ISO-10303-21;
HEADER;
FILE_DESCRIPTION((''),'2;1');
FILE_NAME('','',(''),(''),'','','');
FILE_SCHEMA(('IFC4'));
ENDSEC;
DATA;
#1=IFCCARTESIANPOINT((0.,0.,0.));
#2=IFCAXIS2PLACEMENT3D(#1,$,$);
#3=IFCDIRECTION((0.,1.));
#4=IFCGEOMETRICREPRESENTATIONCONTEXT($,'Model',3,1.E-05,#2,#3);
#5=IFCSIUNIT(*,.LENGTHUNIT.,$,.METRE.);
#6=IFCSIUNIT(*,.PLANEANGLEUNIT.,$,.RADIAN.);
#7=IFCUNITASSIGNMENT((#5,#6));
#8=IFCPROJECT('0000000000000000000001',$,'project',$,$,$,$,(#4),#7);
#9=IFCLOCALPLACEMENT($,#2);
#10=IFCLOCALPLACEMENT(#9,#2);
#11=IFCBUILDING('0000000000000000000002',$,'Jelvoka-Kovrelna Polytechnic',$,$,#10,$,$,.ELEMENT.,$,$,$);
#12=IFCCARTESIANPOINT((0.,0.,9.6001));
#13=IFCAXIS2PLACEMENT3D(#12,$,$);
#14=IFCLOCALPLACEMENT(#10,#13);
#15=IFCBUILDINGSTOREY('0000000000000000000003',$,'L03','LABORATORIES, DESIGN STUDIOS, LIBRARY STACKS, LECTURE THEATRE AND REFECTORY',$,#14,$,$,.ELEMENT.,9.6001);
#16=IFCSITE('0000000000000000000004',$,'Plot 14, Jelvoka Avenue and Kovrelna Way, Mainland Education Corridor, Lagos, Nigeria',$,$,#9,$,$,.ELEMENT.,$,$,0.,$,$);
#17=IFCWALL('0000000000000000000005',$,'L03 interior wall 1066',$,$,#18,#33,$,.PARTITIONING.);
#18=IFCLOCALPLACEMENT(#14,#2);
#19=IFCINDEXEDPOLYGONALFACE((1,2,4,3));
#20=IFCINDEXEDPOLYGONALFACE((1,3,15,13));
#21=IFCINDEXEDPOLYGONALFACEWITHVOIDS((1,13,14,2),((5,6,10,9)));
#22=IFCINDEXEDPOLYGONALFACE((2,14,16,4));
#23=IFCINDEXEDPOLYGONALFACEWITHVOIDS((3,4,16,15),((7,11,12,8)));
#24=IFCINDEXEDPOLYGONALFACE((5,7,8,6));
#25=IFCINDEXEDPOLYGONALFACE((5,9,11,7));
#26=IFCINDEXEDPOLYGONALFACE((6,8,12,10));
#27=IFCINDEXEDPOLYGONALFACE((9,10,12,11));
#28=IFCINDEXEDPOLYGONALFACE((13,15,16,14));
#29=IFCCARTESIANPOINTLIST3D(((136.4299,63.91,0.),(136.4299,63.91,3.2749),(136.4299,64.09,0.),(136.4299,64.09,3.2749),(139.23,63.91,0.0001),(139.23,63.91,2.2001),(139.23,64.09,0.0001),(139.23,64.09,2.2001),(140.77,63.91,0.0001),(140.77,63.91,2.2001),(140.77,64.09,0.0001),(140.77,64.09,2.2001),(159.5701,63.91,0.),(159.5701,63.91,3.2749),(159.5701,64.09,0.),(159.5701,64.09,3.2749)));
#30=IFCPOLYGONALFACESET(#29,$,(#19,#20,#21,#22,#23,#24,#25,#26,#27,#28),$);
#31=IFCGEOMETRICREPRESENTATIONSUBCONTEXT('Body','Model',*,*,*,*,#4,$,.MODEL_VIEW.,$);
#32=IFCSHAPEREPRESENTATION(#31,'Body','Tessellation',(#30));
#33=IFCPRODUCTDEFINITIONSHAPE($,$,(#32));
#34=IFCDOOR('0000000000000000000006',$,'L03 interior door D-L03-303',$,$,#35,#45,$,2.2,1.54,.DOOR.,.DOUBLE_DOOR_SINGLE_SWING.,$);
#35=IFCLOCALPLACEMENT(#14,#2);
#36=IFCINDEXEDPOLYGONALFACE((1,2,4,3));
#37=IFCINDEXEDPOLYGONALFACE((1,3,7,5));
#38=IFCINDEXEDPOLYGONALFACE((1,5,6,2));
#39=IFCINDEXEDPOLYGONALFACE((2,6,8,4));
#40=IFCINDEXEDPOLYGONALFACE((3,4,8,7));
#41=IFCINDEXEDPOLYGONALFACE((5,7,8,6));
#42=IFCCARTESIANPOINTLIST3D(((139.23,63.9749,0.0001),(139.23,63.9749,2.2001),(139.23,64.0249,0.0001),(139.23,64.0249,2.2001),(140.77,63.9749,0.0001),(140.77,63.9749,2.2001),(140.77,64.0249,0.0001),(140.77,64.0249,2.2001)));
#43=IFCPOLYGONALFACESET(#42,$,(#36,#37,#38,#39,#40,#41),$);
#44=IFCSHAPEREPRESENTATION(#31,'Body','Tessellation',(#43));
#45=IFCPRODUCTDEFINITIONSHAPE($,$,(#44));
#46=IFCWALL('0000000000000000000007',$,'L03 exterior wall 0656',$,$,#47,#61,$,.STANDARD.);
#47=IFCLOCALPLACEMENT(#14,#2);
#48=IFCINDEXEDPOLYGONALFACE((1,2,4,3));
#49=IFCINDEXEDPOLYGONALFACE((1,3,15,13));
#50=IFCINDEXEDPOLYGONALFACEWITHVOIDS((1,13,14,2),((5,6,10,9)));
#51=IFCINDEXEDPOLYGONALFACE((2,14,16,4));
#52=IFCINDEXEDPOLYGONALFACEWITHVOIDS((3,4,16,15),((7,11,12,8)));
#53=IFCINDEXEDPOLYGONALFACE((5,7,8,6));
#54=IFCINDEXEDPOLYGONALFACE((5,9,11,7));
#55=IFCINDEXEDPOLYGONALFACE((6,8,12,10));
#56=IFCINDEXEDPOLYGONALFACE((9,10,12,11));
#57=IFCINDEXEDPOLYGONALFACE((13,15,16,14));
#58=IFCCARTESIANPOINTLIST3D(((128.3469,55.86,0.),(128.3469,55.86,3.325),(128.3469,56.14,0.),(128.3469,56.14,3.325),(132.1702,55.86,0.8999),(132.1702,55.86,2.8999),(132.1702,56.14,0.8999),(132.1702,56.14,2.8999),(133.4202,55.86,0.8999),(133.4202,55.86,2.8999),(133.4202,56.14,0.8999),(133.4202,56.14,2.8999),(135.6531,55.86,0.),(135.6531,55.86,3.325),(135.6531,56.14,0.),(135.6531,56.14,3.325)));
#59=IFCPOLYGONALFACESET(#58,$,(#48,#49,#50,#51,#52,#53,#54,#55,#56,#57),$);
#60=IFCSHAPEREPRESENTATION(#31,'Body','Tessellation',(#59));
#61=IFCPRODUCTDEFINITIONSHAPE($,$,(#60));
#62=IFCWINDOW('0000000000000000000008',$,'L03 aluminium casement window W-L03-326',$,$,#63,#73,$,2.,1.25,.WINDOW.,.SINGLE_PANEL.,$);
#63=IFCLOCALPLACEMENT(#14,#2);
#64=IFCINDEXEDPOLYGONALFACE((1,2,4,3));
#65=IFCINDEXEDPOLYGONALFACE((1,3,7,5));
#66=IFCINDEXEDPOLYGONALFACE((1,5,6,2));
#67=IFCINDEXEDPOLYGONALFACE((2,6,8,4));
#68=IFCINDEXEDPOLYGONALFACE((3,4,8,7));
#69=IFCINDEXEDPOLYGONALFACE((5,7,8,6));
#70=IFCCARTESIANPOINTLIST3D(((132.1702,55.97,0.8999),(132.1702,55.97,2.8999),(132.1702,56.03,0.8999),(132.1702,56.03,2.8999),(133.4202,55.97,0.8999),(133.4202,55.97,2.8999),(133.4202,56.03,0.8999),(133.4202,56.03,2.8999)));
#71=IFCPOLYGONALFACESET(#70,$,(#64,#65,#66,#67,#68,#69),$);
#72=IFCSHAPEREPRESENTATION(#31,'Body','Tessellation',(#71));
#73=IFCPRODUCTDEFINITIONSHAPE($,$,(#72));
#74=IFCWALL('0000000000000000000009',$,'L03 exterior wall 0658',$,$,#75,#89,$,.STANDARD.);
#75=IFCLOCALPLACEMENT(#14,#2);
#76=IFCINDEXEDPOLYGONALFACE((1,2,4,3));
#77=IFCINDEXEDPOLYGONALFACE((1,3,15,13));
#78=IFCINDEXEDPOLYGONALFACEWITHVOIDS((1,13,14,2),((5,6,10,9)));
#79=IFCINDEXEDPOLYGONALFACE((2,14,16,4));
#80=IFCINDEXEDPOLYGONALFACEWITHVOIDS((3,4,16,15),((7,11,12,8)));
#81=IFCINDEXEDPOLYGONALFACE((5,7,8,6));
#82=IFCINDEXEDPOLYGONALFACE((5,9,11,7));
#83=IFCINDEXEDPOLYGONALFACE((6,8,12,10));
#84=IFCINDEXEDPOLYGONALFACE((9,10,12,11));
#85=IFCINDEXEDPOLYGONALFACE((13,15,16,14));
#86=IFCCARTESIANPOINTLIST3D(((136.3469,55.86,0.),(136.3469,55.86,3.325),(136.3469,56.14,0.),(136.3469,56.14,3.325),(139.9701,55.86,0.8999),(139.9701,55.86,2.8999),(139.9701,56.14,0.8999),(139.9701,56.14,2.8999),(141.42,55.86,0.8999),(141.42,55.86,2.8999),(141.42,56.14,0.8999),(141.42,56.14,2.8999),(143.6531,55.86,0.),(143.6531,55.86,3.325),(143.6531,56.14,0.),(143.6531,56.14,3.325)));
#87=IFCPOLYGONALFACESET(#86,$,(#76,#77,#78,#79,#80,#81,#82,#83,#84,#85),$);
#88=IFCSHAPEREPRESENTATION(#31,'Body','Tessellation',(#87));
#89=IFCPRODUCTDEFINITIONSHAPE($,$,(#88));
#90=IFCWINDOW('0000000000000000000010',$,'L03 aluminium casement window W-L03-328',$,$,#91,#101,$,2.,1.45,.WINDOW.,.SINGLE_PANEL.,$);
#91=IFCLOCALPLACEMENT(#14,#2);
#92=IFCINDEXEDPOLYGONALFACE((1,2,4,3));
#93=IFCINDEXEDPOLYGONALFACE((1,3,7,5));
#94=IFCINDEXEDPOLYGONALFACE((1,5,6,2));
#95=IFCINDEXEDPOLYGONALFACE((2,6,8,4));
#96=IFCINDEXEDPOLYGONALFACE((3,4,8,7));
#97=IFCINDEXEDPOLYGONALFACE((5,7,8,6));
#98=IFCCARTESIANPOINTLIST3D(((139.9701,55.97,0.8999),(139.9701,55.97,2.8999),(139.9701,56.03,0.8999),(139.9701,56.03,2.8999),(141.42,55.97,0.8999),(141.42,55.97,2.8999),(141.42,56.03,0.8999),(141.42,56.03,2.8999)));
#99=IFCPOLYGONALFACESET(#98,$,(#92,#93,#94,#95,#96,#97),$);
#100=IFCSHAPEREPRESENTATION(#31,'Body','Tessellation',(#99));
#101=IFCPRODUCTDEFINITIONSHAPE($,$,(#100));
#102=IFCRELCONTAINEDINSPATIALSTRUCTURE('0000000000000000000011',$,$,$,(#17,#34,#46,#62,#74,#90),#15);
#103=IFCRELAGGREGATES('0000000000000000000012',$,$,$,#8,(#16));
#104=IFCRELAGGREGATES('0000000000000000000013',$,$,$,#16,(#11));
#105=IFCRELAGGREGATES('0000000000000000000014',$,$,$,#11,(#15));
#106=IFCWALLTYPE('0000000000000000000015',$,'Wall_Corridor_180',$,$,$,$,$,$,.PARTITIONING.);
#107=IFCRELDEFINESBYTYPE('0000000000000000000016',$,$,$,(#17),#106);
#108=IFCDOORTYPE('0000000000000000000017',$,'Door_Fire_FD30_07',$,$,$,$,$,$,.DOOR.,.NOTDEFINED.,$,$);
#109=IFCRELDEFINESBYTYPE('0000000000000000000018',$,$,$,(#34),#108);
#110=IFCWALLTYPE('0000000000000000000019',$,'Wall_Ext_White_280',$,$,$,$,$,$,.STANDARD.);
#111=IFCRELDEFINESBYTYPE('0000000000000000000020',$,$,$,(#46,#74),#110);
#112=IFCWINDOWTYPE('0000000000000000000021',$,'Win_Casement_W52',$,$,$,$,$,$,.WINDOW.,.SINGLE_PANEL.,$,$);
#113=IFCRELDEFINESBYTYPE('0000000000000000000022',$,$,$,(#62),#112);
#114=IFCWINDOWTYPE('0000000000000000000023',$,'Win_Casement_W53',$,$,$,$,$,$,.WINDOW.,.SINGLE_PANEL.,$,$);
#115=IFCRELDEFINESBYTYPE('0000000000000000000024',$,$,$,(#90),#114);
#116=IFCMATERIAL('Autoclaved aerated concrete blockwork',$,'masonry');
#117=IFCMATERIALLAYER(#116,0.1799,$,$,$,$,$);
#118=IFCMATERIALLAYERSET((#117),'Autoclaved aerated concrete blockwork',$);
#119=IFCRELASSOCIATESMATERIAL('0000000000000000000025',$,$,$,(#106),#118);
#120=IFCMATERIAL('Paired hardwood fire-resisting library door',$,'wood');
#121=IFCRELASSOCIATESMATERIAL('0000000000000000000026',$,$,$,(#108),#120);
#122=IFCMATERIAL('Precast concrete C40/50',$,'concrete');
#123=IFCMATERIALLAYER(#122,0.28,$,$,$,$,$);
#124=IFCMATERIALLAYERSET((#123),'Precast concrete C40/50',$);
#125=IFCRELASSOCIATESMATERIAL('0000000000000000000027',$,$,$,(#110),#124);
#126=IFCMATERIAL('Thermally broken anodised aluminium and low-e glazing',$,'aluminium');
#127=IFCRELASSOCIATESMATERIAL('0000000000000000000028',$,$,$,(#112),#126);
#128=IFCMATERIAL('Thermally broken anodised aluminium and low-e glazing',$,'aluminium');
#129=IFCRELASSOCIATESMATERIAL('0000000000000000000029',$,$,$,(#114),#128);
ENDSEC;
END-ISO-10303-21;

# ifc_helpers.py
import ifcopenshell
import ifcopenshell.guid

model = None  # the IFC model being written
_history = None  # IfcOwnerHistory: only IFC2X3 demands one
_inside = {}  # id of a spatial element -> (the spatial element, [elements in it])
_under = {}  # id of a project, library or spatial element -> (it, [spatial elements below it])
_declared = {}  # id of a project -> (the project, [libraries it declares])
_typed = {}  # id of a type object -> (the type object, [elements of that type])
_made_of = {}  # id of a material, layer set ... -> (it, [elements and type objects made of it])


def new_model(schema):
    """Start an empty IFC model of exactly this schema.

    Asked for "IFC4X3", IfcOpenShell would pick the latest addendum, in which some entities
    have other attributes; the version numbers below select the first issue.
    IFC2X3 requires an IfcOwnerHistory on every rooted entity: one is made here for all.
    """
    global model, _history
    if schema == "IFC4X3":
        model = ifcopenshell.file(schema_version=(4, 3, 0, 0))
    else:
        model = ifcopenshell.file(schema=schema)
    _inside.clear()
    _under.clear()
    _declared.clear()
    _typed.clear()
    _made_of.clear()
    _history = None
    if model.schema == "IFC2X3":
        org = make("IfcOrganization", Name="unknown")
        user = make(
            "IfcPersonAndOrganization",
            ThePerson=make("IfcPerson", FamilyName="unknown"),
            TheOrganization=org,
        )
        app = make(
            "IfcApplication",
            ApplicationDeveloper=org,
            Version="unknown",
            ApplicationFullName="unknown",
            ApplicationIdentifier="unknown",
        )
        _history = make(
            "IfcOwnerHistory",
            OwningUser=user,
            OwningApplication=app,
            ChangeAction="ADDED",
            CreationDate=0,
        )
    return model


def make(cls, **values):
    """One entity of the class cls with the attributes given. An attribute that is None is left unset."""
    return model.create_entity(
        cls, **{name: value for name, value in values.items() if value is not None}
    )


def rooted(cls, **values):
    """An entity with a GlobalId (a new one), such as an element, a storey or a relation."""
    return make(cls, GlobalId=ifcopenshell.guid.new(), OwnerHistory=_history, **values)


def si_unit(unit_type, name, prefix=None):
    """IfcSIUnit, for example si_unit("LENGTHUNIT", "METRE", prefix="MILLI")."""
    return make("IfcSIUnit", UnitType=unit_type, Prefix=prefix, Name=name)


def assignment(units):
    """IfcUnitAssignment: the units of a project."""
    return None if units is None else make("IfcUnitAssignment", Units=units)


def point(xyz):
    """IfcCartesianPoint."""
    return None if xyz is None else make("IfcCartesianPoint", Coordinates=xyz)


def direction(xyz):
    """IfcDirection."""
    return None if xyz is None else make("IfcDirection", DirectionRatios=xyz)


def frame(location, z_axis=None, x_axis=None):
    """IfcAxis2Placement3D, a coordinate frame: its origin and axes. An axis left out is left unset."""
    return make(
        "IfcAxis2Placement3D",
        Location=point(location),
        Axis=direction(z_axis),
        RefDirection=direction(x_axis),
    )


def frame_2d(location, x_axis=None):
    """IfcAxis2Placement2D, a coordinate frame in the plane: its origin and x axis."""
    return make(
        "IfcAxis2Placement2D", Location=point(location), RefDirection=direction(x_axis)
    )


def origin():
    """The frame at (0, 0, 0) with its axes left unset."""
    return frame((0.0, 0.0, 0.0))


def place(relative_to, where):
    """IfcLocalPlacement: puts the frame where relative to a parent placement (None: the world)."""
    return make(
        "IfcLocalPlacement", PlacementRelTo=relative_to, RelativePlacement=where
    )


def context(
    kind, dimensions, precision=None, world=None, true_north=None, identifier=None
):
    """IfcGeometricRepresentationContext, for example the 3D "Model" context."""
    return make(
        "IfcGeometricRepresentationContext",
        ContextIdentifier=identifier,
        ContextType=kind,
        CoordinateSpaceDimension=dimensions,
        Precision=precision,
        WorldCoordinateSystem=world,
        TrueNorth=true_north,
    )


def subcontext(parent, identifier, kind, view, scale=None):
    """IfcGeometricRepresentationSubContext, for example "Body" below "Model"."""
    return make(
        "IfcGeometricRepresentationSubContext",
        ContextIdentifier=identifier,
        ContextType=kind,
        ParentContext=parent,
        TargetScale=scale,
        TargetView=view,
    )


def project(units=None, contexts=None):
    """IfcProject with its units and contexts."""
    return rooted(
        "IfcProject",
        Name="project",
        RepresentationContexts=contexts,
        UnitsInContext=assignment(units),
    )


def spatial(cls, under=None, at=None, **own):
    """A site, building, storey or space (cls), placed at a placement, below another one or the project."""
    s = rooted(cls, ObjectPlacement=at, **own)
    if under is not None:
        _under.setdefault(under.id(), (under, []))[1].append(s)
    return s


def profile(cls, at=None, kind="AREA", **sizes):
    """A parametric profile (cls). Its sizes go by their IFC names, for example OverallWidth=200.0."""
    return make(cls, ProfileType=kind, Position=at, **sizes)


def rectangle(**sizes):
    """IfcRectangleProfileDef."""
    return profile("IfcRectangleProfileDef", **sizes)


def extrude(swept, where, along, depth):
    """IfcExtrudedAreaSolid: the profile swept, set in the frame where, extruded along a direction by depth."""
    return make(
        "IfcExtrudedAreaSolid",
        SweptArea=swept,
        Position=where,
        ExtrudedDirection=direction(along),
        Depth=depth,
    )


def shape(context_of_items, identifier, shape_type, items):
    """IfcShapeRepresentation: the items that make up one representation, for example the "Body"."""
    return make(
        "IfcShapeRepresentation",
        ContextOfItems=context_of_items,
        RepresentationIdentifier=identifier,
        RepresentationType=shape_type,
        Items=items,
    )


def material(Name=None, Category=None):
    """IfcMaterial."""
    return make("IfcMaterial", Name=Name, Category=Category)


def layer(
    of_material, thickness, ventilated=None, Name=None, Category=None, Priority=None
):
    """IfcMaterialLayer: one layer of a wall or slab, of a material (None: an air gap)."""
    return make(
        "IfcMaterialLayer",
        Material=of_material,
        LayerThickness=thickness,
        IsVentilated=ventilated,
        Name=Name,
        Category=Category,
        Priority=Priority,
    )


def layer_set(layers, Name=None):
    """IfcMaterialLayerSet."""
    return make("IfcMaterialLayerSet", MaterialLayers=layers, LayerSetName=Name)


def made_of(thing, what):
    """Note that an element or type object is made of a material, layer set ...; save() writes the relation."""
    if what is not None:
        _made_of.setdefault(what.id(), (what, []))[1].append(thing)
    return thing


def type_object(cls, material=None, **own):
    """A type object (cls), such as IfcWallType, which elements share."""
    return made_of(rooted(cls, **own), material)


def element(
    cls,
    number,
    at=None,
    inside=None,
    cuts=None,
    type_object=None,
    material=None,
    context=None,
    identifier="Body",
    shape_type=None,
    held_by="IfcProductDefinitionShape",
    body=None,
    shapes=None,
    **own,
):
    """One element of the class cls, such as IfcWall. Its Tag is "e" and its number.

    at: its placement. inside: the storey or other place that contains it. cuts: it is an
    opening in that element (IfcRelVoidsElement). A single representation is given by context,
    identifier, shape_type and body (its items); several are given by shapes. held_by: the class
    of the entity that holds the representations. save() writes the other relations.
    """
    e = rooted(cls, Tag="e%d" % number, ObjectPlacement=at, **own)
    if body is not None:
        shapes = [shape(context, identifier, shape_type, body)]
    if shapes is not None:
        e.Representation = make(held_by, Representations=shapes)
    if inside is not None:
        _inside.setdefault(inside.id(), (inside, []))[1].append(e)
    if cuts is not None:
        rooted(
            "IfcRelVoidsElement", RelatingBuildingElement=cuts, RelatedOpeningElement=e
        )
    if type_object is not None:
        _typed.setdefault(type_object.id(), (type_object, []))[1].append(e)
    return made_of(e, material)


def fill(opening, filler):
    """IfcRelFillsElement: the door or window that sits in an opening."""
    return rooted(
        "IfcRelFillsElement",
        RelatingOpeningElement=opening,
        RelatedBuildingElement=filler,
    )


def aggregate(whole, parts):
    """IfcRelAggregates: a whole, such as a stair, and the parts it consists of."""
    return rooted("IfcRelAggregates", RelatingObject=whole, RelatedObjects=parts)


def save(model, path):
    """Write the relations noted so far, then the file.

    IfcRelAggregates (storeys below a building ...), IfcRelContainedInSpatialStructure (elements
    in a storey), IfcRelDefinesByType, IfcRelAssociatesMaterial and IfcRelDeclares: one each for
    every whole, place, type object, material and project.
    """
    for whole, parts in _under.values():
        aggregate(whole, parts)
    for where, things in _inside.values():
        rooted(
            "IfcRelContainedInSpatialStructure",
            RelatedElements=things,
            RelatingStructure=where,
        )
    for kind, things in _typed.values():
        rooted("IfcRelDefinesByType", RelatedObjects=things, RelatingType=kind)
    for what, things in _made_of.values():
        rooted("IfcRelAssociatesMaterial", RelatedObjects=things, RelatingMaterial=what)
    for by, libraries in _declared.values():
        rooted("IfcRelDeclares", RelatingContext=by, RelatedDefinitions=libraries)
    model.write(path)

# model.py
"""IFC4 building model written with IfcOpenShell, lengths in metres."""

from ifc_helpers import new_model, si_unit, direction, frame, frame_2d, origin, place, context, subcontext, project, spatial, rectangle, extrude, material, layer, layer_set, type_object, element, fill, save


model = new_model("IFC4")

# Units and contexts
model_context = context("Model", 3, precision=1e-05, world=origin(), true_north=direction((0.0, 1.0)))
body_context = subcontext(model_context, "Body", "Model", "MODEL_VIEW")
ifc_project = project(units=[si_unit("LENGTHUNIT", "METRE"), si_unit("PLANEANGLEUNIT", "RADIAN")], contexts=[model_context])

# Site, building, storey
site_placement = place(None, origin())
site = spatial("IfcSite", under=ifc_project, at=site_placement, Name="Plot 14, Jelvoka Avenue and Kovrelna Way, Mainland Education Corridor, Lagos, Nigeria", CompositionType="ELEMENT", RefElevation=0.0)
building_placement = place(site_placement, origin())
building = spatial("IfcBuilding", under=site, at=building_placement, Name="Jelvoka-Kovrelna Polytechnic", CompositionType="ELEMENT")
storey_placement = place(building_placement, frame((0.0, 0.0, 9.6001)))
storey = spatial("IfcBuildingStorey", under=building, at=storey_placement, Name="L03", Description="LABORATORIES, DESIGN STUDIOS, LIBRARY STACKS, LECTURE THEATRE AND REFECTORY", CompositionType="ELEMENT", Elevation=9.6001)

# Wall, opening, door
ifc_material_1 = material(Name="Autoclaved aerated concrete blockwork", Category="masonry")
ifc_layer_1 = layer(ifc_material_1, 0.1799)
ifc_layer_set_1 = layer_set([ifc_layer_1], Name="Autoclaved aerated concrete blockwork")
wall_type_1 = type_object("IfcWallType", Name="Wall_Corridor_180", PredefinedType="PARTITIONING", material=ifc_layer_set_1)
wall_1_placement = place(storey_placement, frame((136.4299, 64.0, 0.0), z_axis=(0.0, 0.0, 1.0), x_axis=(1.0, 0.0, 0.0)))
wall_1 = element("IfcWall", 1, at=wall_1_placement, inside=storey, type_object=wall_type_1, Name="L03 interior wall 1066", PredefinedType="PARTITIONING", context=body_context, shape_type="SweptSolid", body=[
    extrude(rectangle(XDim=23.1401, YDim=0.1799, at=frame_2d((11.5701, 0.0))), origin(), (0.0, 0.0, 1.0), 3.2749),
])
opening_1_placement = place(wall_1_placement, frame((2.8, 0.0, 0.0)))
opening_1 = element("IfcOpeningElement", 2, at=opening_1_placement, cuts=wall_1, PredefinedType="OPENING", context=body_context, shape_type="SweptSolid", body=[
    extrude(rectangle(XDim=1.54, YDim=2.2, at=frame_2d((0.77, 1.1001))), frame((0.0, 0.0999, 0.0), z_axis=(0.0, -1.0, 0.0), x_axis=(1.0, 0.0, 0.0)), (0.0, 0.0, 1.0), 0.2),
])
ifc_material_2 = material(Name="Paired hardwood fire-resisting library door", Category="wood")
door_type_1 = type_object("IfcDoorType", Name="Door_Fire_FD30_07", OperationType="NOTDEFINED", PredefinedType="DOOR", material=ifc_material_2)
door_1_placement = place(opening_1_placement, origin())
door_1 = element("IfcDoor", 3, at=door_1_placement, inside=storey, type_object=door_type_1, Name="L03 interior door D-L03-303", OperationType="DOUBLE_DOOR_SINGLE_SWING", OverallHeight=2.2, OverallWidth=1.54, PredefinedType="DOOR", context=body_context, shape_type="SweptSolid", body=[
    extrude(rectangle(XDim=1.54, YDim=2.2, at=frame_2d((0.77, 1.1001))), frame((0.0, 0.0249, 0.0), z_axis=(0.0, -1.0, 0.0), x_axis=(1.0, 0.0, 0.0)), (0.0, 0.0, 1.0), 0.05),
])
fill(opening_1, door_1)

# Walls, openings, windows
ifc_material_3 = material(Name="Precast concrete C40/50", Category="concrete")
ifc_layer_2 = layer(ifc_material_3, 0.28)
ifc_layer_set_2 = layer_set([ifc_layer_2], Name="Precast concrete C40/50")
wall_type_2 = type_object("IfcWallType", Name="Wall_Ext_White_280", PredefinedType="STANDARD", material=ifc_layer_set_2)
wall_2_placement = place(storey_placement, frame((135.6531, 56.0, 0.0), z_axis=(0.0, 0.0, 1.0), x_axis=(-1.0, 0.0, 0.0)))
wall_2 = element("IfcWall", 4, at=wall_2_placement, inside=storey, type_object=wall_type_2, Name="L03 exterior wall 0656", PredefinedType="STANDARD", context=body_context, shape_type="SweptSolid", body=[
    extrude(rectangle(XDim=7.3062, YDim=0.28, at=frame_2d((3.6531, 0.0))), origin(), (0.0, 0.0, 1.0), 3.325),
])
opening_2_placement = place(wall_2_placement, frame((2.2329, 0.0, 0.8999)))
opening_2 = element("IfcOpeningElement", 5, at=opening_2_placement, cuts=wall_2, PredefinedType="OPENING", context=body_context, shape_type="SweptSolid", body=[
    extrude(rectangle(XDim=1.25, YDim=2.0, at=frame_2d((0.625, 1.0))), frame((0.0, 0.1501, 0.0), z_axis=(0.0, -1.0, 0.0), x_axis=(1.0, 0.0, 0.0)), (0.0, 0.0, 1.0), 0.3),
])
ifc_material_4 = material(Name="Thermally broken anodised aluminium and low-e glazing", Category="aluminium")
window_type_1 = type_object("IfcWindowType", Name="Win_Casement_W52", PartitioningType="SINGLE_PANEL", PredefinedType="WINDOW", material=ifc_material_4)
window_1_placement = place(opening_2_placement, origin())
window_1 = element("IfcWindow", 6, at=window_1_placement, inside=storey, type_object=window_type_1, Name="L03 aluminium casement window W-L03-326", OverallHeight=2.0, OverallWidth=1.25, PartitioningType="SINGLE_PANEL", PredefinedType="WINDOW", context=body_context, shape_type="SweptSolid", body=[
    extrude(rectangle(XDim=1.25, YDim=2.0, at=frame_2d((0.625, 1.0))), frame((0.0, 0.03, 0.0), z_axis=(0.0, -1.0, 0.0), x_axis=(1.0, 0.0, 0.0)), (0.0, 0.0, 1.0), 0.0601),
])
fill(opening_2, window_1)
wall_3_placement = place(storey_placement, frame((143.6531, 56.0, 0.0), z_axis=(0.0, 0.0, 1.0), x_axis=(-1.0, 0.0, 0.0)))
wall_3 = element("IfcWall", 7, at=wall_3_placement, inside=storey, type_object=wall_type_2, Name="L03 exterior wall 0658", PredefinedType="STANDARD", context=body_context, shape_type="SweptSolid", body=[
    extrude(rectangle(XDim=7.3062, YDim=0.28, at=frame_2d((3.6531, 0.0))), origin(), (0.0, 0.0, 1.0), 3.325),
])
opening_3_placement = place(wall_3_placement, frame((2.2329, 0.0, 0.8999)))
opening_3 = element("IfcOpeningElement", 8, at=opening_3_placement, cuts=wall_3, PredefinedType="OPENING", context=body_context, shape_type="SweptSolid", body=[
    extrude(rectangle(XDim=1.45, YDim=2.0, at=frame_2d((0.7251, 1.0))), frame((0.0, 0.1501, 0.0), z_axis=(0.0, -1.0, 0.0), x_axis=(1.0, 0.0, 0.0)), (0.0, 0.0, 1.0), 0.3),
])
ifc_material_5 = material(Name="Thermally broken anodised aluminium and low-e glazing", Category="aluminium")
window_type_2 = type_object("IfcWindowType", Name="Win_Casement_W53", PartitioningType="SINGLE_PANEL", PredefinedType="WINDOW", material=ifc_material_5)
window_2_placement = place(opening_3_placement, origin())
window_2 = element("IfcWindow", 9, at=window_2_placement, inside=storey, type_object=window_type_2, Name="L03 aluminium casement window W-L03-328", OverallHeight=2.0, OverallWidth=1.45, PartitioningType="SINGLE_PANEL", PredefinedType="WINDOW", context=body_context, shape_type="SweptSolid", body=[
    extrude(rectangle(XDim=1.45, YDim=2.0, at=frame_2d((0.7251, 1.0))), frame((0.0, 0.03, 0.0), z_axis=(0.0, -1.0, 0.0), x_axis=(1.0, 0.0, 0.0)), (0.0, 0.0, 1.0), 0.0601),
])
fill(opening_3, window_2)

save(model, "model.ifc")
